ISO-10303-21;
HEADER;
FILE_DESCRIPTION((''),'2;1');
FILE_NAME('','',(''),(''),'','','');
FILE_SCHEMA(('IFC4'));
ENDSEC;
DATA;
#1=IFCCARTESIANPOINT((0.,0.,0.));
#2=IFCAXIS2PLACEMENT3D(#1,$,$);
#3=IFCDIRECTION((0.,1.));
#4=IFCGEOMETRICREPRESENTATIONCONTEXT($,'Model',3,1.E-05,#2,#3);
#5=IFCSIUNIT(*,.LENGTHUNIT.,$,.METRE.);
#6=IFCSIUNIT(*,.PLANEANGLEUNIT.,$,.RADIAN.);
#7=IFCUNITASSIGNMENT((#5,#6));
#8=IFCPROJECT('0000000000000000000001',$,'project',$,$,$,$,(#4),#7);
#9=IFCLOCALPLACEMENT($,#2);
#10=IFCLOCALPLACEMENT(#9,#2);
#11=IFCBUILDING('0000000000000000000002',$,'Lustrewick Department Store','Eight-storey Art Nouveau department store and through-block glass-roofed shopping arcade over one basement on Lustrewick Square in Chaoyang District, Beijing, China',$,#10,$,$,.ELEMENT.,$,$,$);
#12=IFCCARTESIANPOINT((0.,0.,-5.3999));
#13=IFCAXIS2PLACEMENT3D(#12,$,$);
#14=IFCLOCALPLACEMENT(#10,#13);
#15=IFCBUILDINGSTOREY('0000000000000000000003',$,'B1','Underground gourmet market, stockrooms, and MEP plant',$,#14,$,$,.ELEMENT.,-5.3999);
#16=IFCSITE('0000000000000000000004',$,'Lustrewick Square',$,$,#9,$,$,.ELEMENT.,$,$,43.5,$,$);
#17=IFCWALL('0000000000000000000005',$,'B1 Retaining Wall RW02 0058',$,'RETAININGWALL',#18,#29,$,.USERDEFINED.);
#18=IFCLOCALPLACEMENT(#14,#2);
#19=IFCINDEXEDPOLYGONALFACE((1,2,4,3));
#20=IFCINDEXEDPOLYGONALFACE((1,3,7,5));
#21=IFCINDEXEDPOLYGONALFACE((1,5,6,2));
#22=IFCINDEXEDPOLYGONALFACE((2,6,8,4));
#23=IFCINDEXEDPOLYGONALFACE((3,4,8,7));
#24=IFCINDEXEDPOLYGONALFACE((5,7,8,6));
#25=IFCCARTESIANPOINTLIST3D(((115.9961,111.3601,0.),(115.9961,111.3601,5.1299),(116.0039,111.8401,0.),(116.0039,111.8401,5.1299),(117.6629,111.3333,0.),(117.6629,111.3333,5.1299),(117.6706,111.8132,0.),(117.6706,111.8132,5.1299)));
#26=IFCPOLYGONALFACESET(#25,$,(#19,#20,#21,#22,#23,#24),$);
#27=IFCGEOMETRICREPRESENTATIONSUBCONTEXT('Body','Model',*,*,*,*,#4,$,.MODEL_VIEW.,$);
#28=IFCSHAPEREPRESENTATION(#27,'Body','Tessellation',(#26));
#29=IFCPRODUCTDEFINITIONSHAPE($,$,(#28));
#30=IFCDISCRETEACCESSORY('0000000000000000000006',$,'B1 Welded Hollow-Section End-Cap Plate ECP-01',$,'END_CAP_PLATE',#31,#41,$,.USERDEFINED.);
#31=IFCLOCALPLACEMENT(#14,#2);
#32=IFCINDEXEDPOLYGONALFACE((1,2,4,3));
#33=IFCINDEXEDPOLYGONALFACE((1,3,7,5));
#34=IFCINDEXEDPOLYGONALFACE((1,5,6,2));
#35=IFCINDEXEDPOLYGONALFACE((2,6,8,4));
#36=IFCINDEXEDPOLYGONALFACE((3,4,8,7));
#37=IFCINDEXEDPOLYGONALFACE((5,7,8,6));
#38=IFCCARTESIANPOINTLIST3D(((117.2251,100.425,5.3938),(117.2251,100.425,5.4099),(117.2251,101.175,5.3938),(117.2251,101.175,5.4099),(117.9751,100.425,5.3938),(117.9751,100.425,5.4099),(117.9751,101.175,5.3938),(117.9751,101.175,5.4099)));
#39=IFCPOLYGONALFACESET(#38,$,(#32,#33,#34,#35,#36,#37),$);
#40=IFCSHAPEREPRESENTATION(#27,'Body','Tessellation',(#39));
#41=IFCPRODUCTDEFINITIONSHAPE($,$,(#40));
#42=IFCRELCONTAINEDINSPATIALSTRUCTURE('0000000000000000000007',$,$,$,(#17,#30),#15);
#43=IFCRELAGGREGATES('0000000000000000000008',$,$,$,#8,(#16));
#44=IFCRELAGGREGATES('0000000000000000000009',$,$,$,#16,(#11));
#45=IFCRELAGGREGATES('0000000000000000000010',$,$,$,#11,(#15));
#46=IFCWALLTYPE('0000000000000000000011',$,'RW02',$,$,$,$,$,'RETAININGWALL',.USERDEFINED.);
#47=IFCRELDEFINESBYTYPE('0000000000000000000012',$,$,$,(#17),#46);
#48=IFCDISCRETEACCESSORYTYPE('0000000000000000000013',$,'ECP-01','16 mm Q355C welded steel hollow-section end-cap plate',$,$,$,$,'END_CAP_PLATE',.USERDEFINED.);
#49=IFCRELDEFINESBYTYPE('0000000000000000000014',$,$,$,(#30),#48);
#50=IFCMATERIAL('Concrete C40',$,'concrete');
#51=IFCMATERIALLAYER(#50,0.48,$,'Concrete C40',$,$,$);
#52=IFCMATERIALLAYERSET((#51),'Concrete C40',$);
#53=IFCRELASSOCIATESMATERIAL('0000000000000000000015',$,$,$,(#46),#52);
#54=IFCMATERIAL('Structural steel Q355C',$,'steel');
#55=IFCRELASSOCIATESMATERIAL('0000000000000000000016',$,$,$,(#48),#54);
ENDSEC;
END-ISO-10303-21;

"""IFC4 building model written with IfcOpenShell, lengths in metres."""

from ifc_helpers import new_model, si_unit, direction, frame, frame_2d, origin, origin_2d, place, context, subcontext, project, spatial, rectangle, extrude, material, layer, layer_set, type_object, element, save


model = new_model("IFC4")

# Units and contexts
model_context = context("Model", 3, precision=1e-05, world=origin(), true_north=direction((0.0, 1.0)))
body_context = subcontext(model_context, "Body", "Model", "MODEL_VIEW")
ifc_project = project(units=[si_unit("LENGTHUNIT", "METRE"), si_unit("PLANEANGLEUNIT", "RADIAN")], contexts=[model_context])

# Site, building, storey
site_placement = place(None, origin())
site = spatial("IfcSite", under=ifc_project, at=site_placement, Name="Lustrewick Square", CompositionType="ELEMENT", RefElevation=43.5)
building_placement = place(site_placement, origin())
building = spatial("IfcBuilding", under=site, at=building_placement, Name="Lustrewick Department Store", Description="Eight-storey Art Nouveau department store and through-block glass-roofed shopping arcade over one basement on Lustrewick Square in Chaoyang District, Beijing, China", CompositionType="ELEMENT")
storey_placement = place(building_placement, frame((0.0, 0.0, -5.3999)))
storey = spatial("IfcBuildingStorey", under=building, at=storey_placement, Name="B1", Description="Underground gourmet market, stockrooms, and MEP plant", CompositionType="ELEMENT", Elevation=-5.3999)

# Shared definitions
ifc_material_1 = material(Name="Concrete C40", Category="concrete")

# Shared definitions
ifc_material_2 = material(Name="Structural steel Q355C", Category="steel")

# Wall
ifc_layer_1 = layer(ifc_material_1, 0.48, Name="Concrete C40")
ifc_layer_set_1 = layer_set([ifc_layer_1], Name="Concrete C40")
wall_type_1 = type_object("IfcWallType", Name="RW02", ElementType="RETAININGWALL", PredefinedType="USERDEFINED", material=ifc_layer_set_1)
wall_1_placement = place(storey_placement, frame((116.0, 111.6001, 0.0), z_axis=(0.0, 0.0, 1.0), x_axis=(0.99987, -0.01611, 0.0)))
element("IfcWall", 1, at=wall_1_placement, inside=storey, type_object=wall_type_1, Name="B1 Retaining Wall RW02 0058", ObjectType="RETAININGWALL", PredefinedType="USERDEFINED", context=body_context, shape_type="SweptSolid", body=[
    extrude(rectangle(XDim=1.667, YDim=0.48, at=frame_2d((0.8335, 0.0))), origin(), (0.0, 0.0, 1.0), 5.1299),
])

# Discrete accessory
discrete_accessory_type = type_object("IfcDiscreteAccessoryType", Name="ECP-01", Description="16 mm Q355C welded steel hollow-section end-cap plate", ElementType="END_CAP_PLATE", PredefinedType="USERDEFINED", material=ifc_material_2)
discrete_accessory_placement = place(storey_placement, frame((117.6001, 100.8, 5.3938), z_axis=(0.0, 0.0, 1.0), x_axis=(1.0, 0.0, 0.0)))
element("IfcDiscreteAccessory", 2, at=discrete_accessory_placement, inside=storey, type_object=discrete_accessory_type, Name="B1 Welded Hollow-Section End-Cap Plate ECP-01", ObjectType="END_CAP_PLATE", PredefinedType="USERDEFINED", context=body_context, shape_type="SweptSolid", body=[
    extrude(rectangle(XDim=0.75, YDim=0.75, at=origin_2d()), origin(), (0.0, 0.0, 1.0), 0.0161),
])

save(model, "model.ifc")
